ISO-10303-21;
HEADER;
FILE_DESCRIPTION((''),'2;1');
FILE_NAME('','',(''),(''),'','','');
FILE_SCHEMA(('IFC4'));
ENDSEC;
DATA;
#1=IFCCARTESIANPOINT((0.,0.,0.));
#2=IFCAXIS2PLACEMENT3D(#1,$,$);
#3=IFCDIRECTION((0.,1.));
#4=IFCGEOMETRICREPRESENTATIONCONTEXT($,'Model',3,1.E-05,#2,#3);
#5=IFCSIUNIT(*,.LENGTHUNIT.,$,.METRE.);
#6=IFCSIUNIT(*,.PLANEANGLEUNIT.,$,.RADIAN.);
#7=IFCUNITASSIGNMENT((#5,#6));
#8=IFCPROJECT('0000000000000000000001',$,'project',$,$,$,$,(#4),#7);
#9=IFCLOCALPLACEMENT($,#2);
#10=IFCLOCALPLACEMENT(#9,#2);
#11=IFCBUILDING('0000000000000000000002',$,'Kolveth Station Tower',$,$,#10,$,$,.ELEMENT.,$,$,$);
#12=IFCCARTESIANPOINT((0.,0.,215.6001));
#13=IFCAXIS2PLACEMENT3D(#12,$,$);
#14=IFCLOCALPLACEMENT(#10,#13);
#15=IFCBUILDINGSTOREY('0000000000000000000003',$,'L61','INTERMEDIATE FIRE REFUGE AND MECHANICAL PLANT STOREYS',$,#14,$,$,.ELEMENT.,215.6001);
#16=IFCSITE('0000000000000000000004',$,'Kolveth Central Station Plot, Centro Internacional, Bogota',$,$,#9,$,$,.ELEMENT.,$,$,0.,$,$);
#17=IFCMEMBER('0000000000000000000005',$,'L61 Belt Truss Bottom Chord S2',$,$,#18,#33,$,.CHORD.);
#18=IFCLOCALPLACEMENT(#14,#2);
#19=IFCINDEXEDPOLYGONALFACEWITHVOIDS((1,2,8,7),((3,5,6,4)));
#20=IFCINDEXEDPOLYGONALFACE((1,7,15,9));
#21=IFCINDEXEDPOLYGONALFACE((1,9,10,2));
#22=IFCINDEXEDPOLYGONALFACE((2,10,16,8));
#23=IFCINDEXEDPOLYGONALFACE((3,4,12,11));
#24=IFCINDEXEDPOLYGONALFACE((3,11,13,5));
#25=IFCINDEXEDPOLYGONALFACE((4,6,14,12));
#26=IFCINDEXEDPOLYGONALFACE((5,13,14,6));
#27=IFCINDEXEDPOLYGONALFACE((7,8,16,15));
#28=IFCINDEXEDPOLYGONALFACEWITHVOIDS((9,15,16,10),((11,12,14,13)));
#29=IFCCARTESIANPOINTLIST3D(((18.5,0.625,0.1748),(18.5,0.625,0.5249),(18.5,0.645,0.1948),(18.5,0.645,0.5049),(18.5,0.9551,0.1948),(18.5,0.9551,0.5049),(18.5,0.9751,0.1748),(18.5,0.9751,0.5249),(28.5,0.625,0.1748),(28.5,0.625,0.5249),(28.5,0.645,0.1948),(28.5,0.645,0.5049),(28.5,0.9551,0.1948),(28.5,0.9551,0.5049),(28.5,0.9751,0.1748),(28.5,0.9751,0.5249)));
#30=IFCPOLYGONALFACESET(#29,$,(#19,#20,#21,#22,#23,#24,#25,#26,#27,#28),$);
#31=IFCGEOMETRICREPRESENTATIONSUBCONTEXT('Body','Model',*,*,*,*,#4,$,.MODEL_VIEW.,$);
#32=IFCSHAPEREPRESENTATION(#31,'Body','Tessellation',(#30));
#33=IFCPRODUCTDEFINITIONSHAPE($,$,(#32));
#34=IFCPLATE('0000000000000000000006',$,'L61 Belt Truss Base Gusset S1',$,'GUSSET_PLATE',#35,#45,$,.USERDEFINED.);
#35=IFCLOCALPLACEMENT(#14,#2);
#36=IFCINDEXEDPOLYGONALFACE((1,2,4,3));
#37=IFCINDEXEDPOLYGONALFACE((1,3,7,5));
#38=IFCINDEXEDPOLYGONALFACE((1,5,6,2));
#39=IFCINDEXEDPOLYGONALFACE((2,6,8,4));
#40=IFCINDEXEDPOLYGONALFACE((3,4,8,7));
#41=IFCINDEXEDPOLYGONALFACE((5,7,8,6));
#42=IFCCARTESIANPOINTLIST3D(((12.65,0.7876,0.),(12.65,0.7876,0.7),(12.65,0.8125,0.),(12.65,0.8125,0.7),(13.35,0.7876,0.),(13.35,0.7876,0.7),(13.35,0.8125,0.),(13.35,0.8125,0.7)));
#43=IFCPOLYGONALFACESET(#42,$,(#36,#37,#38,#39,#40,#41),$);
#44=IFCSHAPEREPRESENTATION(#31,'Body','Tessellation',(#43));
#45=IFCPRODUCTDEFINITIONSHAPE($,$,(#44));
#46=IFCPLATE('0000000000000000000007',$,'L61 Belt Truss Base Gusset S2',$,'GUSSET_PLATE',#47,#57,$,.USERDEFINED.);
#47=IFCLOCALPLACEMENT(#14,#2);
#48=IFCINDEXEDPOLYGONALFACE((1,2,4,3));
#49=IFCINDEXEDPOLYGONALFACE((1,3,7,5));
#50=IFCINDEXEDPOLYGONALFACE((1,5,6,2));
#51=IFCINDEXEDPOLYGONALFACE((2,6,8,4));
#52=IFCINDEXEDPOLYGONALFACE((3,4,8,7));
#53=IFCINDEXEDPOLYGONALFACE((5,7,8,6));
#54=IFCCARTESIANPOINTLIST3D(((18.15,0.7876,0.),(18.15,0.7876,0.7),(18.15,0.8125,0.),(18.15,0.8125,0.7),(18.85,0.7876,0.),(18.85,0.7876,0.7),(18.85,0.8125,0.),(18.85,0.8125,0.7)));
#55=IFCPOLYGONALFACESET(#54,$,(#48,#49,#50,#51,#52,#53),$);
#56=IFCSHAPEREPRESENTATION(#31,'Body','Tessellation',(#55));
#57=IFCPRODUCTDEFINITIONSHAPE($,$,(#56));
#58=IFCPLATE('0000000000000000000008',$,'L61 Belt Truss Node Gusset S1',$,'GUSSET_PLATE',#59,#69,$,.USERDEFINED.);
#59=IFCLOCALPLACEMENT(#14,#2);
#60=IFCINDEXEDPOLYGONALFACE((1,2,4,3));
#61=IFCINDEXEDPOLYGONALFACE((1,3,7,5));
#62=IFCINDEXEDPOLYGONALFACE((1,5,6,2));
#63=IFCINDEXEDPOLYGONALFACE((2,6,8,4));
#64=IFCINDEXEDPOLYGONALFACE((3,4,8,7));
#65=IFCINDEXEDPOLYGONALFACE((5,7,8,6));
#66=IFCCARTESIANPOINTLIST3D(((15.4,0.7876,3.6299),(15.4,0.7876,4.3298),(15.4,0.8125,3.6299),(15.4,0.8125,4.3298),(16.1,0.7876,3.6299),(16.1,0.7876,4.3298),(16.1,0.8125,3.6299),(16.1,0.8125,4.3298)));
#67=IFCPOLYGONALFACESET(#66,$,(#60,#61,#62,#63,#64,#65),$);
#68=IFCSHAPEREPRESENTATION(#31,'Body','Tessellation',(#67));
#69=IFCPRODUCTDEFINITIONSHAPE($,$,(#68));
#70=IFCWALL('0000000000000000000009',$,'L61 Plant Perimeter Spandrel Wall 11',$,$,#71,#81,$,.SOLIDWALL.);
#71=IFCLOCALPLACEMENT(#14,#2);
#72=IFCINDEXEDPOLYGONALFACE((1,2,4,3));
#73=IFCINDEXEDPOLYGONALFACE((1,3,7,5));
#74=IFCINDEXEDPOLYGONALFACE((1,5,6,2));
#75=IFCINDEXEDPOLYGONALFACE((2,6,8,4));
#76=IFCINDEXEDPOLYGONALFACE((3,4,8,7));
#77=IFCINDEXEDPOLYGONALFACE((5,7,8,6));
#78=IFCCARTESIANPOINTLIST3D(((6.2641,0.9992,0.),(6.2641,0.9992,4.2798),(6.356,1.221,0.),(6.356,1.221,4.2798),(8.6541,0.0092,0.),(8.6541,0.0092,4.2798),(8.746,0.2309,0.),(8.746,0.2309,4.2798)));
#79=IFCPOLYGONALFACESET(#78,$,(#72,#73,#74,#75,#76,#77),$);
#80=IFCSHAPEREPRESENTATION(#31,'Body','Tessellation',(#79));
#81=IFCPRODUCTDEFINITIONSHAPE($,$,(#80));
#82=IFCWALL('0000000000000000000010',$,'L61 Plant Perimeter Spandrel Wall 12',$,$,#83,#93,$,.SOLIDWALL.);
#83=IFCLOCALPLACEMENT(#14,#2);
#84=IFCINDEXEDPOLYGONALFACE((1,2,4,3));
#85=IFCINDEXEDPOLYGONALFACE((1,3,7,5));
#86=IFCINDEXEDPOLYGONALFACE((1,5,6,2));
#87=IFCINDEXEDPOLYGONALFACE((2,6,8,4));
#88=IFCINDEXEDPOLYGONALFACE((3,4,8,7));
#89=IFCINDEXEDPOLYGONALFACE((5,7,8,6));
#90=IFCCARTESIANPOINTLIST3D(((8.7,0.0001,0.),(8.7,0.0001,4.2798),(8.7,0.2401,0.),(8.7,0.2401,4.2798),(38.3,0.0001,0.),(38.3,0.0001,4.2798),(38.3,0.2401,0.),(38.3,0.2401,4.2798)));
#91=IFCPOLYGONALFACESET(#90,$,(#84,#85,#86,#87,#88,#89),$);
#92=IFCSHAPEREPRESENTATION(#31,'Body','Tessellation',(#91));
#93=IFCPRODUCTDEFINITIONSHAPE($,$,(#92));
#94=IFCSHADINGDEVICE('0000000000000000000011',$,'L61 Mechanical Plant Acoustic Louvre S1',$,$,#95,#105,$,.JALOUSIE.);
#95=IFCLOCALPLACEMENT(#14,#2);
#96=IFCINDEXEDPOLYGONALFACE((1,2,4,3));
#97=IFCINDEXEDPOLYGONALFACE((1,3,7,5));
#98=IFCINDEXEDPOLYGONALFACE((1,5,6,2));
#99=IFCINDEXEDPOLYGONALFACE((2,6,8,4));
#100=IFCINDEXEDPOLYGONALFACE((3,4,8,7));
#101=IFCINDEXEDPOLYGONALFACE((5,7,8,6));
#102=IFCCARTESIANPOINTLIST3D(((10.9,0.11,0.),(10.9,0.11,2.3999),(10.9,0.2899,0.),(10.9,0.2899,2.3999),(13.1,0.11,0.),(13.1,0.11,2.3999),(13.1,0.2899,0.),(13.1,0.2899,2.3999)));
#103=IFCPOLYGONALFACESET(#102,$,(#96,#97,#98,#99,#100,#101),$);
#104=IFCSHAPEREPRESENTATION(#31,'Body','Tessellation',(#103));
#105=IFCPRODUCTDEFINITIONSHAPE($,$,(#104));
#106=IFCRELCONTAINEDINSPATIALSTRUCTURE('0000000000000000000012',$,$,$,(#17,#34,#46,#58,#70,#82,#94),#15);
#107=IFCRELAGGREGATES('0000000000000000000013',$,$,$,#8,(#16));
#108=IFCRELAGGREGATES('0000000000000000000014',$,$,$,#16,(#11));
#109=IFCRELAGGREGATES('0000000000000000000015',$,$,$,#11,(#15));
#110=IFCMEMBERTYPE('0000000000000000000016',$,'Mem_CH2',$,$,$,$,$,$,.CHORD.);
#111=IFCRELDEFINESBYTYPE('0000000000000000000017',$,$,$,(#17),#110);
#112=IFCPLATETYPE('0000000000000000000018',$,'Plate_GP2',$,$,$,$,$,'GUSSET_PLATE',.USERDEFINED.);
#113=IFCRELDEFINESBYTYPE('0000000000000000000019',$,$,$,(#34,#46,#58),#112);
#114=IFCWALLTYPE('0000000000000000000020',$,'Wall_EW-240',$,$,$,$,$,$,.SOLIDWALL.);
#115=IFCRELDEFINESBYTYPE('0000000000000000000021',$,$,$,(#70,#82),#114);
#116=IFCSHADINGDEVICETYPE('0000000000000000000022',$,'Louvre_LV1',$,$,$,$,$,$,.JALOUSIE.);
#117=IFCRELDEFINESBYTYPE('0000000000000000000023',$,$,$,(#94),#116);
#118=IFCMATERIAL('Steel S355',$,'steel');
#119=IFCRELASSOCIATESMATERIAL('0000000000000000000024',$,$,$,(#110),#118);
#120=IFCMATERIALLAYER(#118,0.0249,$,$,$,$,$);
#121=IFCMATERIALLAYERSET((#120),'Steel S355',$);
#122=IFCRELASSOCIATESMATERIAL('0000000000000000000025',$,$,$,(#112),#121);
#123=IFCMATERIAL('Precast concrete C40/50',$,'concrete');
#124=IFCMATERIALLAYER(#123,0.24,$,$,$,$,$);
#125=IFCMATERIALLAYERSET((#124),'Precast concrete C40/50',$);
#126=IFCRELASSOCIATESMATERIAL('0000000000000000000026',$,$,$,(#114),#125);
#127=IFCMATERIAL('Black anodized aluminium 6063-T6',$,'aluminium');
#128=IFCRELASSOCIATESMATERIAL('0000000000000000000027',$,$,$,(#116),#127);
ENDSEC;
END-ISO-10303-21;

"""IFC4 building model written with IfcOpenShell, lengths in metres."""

from ifc_helpers import new_model, si_unit, direction, frame, frame_2d, origin, origin_2d, place, context, subcontext, project, spatial, rectangle, hollow_rectangle, extrude, source, transform, mapped, material, layer, layer_set, material_profile, profile_set, type_object, element, save


model = new_model("IFC4")

# Units and contexts
model_context = context("Model", 3, precision=1e-05, world=origin(), true_north=direction((0.0, 1.0)))
body_context = subcontext(model_context, "Body", "Model", "MODEL_VIEW")
ifc_project = project(units=[si_unit("LENGTHUNIT", "METRE"), si_unit("PLANEANGLEUNIT", "RADIAN")], contexts=[model_context])

# Site, building, storey
site_placement = place(None, origin())
site = spatial("IfcSite", under=ifc_project, at=site_placement, Name="Kolveth Central Station Plot, Centro Internacional, Bogota", CompositionType="ELEMENT", RefElevation=0.0)
building_placement = place(site_placement, origin())
building = spatial("IfcBuilding", under=site, at=building_placement, Name="Kolveth Station Tower", CompositionType="ELEMENT")
storey_placement = place(building_placement, frame((0.0, 0.0, 215.6001)))
storey = spatial("IfcBuildingStorey", under=building, at=storey_placement, Name="L61", Description="INTERMEDIATE FIRE REFUGE AND MECHANICAL PLANT STOREYS", CompositionType="ELEMENT", Elevation=215.6001)

# Shared definitions
ifc_material_1 = material(Name="Steel S355", Category="steel")

# Member
ifc_material_profile_1 = material_profile(ifc_material_1, hollow_rectangle(XDim=0.3501, YDim=0.3501, WallThickness=0.02, at=origin_2d()), Name="HSS350x350x20")
ifc_profile_set_1 = profile_set([ifc_material_profile_1], Name="Steel S355")
member_type_1 = type_object("IfcMemberType", Name="Mem_CH2", PredefinedType="CHORD", material=ifc_profile_set_1)
shared_shape_1 = source(origin(), body_context, "Body", "SweptSolid", [
    extrude(hollow_rectangle(XDim=0.3501, YDim=0.3501, WallThickness=0.02, at=origin_2d()), origin(), (0.0, 0.0, 1.0), 10.0),
])
member_1_placement = place(storey_placement, frame((18.5, 0.8, 0.3499), z_axis=(1.0, 0.0, 0.0), x_axis=(0.0, 1.0, 0.0)))
element("IfcMember", 1, at=member_1_placement, inside=storey, type_object=member_type_1, Name="L61 Belt Truss Bottom Chord S2", PredefinedType="CHORD", context=body_context, shape_type="MappedRepresentation", body=[
    mapped(shared_shape_1, transform((0.0, 0.0, 0.0), x_axis=(1.0, 0.0, 0.0), y_axis=(0.0, 1.0, 0.0), z_axis=(0.0, 0.0, 1.0), scale=1.0)),
])

# Plates
ifc_layer_1 = layer(ifc_material_1, 0.0249)
ifc_layer_set_1 = layer_set([ifc_layer_1], Name="Steel S355")
plate_type = type_object("IfcPlateType", Name="Plate_GP2", ElementType="GUSSET_PLATE", PredefinedType="USERDEFINED", material=ifc_layer_set_1)
shared_shape_2 = source(origin(), body_context, "Body", "SweptSolid", [
    extrude(rectangle(XDim=0.7, YDim=0.0249, at=origin_2d()), origin(), (0.0, 0.0, 1.0), 0.7),
])
for number, where, z_axis, x_axis, name in (
    (2, (13.0, 0.8, 0.0), (0.0, 0.0, 1.0), (1.0, 0.0, 0.0), "L61 Belt Truss Base Gusset S1"),
    (3, (18.5, 0.8, 0.0), (0.0, 0.0, 1.0), (1.0, 0.0, 0.0), "L61 Belt Truss Base Gusset S2"),
    (4, (15.75, 0.8, 3.6299), (0.0, 0.0, 1.0), (1.0, 0.0, 0.0), "L61 Belt Truss Node Gusset S1"),
):
    element("IfcPlate", number, at=place(storey_placement, frame(where, z_axis=z_axis, x_axis=x_axis)), inside=storey, type_object=plate_type, Name=name, ObjectType="GUSSET_PLATE", PredefinedType="USERDEFINED", context=body_context, shape_type="MappedRepresentation", body=[
        mapped(shared_shape_2, transform((0.0, 0.0, 0.0), x_axis=(1.0, 0.0, 0.0), y_axis=(0.0, 1.0, 0.0), z_axis=(0.0, 0.0, 1.0), scale=1.0)),
    ])

# Walls
ifc_material_2 = material(Name="Precast concrete C40/50", Category="concrete")
ifc_layer_2 = layer(ifc_material_2, 0.24)
ifc_layer_set_2 = layer_set([ifc_layer_2], Name="Precast concrete C40/50")
wall_type = type_object("IfcWallType", Name="Wall_EW-240", PredefinedType="SOLIDWALL", material=ifc_layer_set_2)
wall_1_placement = place(storey_placement, frame((6.3101, 1.1101, 0.0), z_axis=(0.0, 0.0, 1.0), x_axis=(0.923871, -0.382705, 0.0)))
element("IfcWall", 5, at=wall_1_placement, inside=storey, type_object=wall_type, Name="L61 Plant Perimeter Spandrel Wall 11", PredefinedType="SOLIDWALL", context=body_context, shape_type="SweptSolid", body=[
    extrude(rectangle(XDim=2.5869, YDim=0.24, at=frame_2d((1.2935, 0.0))), origin(), (0.0, 0.0, 1.0), 4.2798),
])
wall_2_placement = place(storey_placement, frame((8.7, 0.1201, 0.0), z_axis=(0.0, 0.0, 1.0), x_axis=(1.0, 0.0, 0.0)))
element("IfcWall", 6, at=wall_2_placement, inside=storey, type_object=wall_type, Name="L61 Plant Perimeter Spandrel Wall 12", PredefinedType="SOLIDWALL", context=body_context, shape_type="SweptSolid", body=[
    extrude(rectangle(XDim=29.6001, YDim=0.24, at=frame_2d((14.8, 0.0))), origin(), (0.0, 0.0, 1.0), 4.2798),
])

# Shading device
ifc_material_3 = material(Name="Black anodized aluminium 6063-T6", Category="aluminium")
shading_device_type = type_object("IfcShadingDeviceType", Name="Louvre_LV1", PredefinedType="JALOUSIE", material=ifc_material_3)
shared_shape_3 = source(origin(), body_context, "Body", "SweptSolid", [
    extrude(rectangle(XDim=2.2, YDim=0.1799, at=origin_2d()), origin(), (0.0, 0.0, 1.0), 2.3999),
])
shading_device_placement = place(storey_placement, frame((12.0, 0.2, 0.0), z_axis=(0.0, 0.0, 1.0), x_axis=(1.0, 0.0, 0.0)))
element("IfcShadingDevice", 7, at=shading_device_placement, inside=storey, type_object=shading_device_type, Name="L61 Mechanical Plant Acoustic Louvre S1", PredefinedType="JALOUSIE", context=body_context, shape_type="MappedRepresentation", body=[
    mapped(shared_shape_3, transform((0.0, 0.0, 0.0), x_axis=(1.0, 0.0, 0.0), y_axis=(0.0, 1.0, 0.0), z_axis=(0.0, 0.0, 1.0), scale=1.0)),
])

save(model, "model.ifc")
